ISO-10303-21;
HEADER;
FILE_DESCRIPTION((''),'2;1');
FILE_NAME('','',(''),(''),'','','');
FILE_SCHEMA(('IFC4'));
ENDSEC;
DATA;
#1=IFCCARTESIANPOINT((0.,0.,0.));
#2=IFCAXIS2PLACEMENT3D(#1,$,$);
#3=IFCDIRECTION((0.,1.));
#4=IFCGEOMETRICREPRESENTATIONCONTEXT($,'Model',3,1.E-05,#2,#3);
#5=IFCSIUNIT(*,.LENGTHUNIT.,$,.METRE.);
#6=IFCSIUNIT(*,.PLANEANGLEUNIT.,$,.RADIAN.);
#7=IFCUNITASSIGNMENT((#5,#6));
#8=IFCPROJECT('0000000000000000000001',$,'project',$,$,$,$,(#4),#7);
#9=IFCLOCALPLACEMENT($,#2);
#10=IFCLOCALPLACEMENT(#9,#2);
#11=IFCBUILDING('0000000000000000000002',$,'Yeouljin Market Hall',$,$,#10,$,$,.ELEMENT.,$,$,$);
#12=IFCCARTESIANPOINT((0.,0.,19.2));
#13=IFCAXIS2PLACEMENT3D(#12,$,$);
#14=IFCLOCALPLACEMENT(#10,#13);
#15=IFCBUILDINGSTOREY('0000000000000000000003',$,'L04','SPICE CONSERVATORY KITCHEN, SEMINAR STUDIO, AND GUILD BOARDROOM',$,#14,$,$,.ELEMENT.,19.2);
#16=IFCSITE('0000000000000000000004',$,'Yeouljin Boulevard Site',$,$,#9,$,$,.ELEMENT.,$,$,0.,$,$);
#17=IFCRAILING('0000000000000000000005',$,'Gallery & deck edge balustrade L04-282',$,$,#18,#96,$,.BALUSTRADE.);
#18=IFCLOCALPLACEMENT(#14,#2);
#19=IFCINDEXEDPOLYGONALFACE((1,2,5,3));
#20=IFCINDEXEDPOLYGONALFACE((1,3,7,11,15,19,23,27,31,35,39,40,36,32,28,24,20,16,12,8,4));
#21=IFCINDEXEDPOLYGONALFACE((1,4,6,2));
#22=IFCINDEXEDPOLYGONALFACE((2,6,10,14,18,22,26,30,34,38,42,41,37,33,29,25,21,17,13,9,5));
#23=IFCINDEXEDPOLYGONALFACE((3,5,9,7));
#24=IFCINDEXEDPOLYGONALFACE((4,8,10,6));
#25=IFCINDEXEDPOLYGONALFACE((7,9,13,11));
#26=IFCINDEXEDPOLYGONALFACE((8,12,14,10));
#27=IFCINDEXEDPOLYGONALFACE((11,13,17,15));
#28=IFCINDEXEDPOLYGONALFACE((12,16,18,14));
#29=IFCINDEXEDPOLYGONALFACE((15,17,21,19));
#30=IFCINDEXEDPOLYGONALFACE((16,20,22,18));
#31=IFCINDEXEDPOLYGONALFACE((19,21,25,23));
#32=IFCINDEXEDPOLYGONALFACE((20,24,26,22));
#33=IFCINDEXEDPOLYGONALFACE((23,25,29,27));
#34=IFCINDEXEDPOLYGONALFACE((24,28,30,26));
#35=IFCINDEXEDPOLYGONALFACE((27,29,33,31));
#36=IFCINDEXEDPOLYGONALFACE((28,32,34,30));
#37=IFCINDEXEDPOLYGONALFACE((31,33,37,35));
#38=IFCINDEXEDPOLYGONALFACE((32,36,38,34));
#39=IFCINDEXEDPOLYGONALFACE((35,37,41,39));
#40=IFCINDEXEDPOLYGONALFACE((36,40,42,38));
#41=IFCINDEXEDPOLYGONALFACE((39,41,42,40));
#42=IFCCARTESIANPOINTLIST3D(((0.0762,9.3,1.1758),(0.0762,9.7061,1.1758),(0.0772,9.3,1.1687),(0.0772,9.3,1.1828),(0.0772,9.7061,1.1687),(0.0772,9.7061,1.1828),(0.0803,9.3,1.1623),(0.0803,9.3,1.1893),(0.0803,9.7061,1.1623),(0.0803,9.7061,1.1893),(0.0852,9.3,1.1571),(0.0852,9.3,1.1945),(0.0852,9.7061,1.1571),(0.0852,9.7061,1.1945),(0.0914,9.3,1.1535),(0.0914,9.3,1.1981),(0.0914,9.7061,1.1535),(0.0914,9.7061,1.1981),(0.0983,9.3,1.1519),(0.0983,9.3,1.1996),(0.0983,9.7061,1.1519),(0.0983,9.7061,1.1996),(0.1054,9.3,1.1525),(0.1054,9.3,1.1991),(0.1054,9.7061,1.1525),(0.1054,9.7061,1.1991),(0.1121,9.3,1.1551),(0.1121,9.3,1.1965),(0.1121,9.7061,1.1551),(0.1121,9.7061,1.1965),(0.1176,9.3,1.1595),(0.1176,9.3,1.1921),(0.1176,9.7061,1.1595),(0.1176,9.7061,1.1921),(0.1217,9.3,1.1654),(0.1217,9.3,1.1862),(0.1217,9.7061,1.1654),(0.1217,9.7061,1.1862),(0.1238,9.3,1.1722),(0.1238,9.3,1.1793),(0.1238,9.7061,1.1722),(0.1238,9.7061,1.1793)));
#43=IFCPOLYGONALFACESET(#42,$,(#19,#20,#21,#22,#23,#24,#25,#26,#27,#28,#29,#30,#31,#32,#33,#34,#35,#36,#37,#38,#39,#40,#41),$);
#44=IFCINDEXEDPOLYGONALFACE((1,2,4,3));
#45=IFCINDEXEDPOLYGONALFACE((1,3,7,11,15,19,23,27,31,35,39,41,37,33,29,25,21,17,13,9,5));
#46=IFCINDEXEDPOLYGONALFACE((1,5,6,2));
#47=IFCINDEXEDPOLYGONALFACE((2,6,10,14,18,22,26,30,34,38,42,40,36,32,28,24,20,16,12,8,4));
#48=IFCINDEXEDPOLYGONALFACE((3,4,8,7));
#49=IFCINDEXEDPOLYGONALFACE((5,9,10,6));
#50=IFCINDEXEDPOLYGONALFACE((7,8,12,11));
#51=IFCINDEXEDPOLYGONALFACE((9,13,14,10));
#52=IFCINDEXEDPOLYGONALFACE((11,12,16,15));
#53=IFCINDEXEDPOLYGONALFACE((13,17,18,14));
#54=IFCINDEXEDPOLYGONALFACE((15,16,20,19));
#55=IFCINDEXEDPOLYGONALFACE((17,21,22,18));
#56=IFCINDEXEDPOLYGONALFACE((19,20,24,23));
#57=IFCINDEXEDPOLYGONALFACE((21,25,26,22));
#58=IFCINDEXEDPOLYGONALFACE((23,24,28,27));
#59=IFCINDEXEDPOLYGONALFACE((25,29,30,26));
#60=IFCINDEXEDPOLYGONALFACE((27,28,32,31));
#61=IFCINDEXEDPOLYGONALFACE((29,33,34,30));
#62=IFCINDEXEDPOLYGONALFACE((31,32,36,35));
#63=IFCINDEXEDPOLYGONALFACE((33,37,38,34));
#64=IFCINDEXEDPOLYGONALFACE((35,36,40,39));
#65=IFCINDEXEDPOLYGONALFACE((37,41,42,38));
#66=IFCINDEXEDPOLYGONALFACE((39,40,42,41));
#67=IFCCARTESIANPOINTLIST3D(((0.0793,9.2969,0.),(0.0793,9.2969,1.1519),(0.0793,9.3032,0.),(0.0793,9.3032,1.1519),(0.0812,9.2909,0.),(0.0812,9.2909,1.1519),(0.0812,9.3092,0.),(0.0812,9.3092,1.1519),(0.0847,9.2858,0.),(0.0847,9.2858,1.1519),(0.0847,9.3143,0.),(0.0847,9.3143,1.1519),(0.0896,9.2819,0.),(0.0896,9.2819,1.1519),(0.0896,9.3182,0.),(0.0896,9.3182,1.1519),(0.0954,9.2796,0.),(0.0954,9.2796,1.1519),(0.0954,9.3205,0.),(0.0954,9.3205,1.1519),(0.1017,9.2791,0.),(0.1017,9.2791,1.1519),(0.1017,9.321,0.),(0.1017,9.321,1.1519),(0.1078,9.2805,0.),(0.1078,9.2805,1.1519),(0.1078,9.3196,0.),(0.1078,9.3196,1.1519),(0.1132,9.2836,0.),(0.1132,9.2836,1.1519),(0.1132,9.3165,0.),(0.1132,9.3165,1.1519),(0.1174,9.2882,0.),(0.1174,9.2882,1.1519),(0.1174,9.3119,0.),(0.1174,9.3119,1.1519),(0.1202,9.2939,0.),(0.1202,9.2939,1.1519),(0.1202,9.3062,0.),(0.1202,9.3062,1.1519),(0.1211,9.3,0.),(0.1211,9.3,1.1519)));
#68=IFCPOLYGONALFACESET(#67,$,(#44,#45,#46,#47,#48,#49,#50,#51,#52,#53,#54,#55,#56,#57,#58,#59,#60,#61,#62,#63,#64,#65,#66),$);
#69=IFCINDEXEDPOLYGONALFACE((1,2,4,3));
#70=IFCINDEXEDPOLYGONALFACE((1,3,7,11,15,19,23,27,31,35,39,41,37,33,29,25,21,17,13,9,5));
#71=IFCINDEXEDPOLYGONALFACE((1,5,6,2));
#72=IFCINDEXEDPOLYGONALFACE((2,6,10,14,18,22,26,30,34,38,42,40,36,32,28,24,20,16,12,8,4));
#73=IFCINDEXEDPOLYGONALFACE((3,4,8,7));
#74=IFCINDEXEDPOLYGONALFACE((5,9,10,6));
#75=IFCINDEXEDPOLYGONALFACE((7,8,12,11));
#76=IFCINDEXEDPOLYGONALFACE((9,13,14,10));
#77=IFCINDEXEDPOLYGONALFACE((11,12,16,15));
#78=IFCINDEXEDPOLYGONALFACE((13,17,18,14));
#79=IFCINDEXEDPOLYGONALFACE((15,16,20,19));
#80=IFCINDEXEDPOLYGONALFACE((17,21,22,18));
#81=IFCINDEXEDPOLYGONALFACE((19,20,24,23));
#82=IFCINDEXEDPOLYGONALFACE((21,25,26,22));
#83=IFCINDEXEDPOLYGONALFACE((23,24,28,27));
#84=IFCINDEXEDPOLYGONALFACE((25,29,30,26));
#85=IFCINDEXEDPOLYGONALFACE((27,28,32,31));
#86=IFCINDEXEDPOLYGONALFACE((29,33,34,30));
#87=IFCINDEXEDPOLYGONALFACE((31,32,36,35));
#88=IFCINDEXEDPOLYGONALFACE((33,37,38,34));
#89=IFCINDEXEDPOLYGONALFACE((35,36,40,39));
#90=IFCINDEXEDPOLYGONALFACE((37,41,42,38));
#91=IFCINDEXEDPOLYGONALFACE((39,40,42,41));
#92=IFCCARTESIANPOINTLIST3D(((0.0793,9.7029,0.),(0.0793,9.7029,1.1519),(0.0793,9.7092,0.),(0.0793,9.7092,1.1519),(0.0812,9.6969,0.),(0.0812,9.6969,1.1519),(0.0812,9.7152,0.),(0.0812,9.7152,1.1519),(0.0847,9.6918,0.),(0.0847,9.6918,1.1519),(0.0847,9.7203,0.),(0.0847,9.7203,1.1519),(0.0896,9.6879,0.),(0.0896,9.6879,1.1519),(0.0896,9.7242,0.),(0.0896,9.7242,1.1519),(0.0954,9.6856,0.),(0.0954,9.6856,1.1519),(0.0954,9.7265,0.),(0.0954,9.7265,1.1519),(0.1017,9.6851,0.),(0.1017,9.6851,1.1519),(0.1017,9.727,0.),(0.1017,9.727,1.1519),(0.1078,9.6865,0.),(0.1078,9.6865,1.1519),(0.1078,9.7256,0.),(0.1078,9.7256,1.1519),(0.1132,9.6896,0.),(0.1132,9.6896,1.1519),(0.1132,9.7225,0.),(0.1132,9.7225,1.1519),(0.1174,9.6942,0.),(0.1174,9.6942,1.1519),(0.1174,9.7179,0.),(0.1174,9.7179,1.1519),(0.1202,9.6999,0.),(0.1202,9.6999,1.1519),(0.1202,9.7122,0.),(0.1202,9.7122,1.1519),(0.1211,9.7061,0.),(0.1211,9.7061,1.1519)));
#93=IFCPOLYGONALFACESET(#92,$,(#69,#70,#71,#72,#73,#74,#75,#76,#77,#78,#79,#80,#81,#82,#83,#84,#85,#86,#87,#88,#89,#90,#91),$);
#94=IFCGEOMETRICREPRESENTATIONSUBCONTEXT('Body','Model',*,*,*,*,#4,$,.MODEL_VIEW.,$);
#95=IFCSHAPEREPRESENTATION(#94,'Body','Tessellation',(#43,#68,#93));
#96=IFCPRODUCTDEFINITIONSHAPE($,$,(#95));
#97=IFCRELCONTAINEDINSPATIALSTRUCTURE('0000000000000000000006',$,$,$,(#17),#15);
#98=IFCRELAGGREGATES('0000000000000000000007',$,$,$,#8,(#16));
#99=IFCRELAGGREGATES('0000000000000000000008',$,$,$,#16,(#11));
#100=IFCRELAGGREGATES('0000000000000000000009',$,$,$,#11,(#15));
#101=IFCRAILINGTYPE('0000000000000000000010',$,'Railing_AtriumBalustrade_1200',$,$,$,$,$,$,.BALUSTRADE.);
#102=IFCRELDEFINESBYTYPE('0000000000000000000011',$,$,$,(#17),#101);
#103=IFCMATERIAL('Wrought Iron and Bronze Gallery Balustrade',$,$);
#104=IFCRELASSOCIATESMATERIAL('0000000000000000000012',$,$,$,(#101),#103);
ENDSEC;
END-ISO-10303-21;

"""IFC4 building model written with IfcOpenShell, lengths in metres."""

from ifc_helpers import new_model, si_unit, direction, frame, origin, origin_2d, place, context, subcontext, project, spatial, circle, extrude, material, type_object, element, save


model = new_model("IFC4")

# Units and contexts
model_context = context("Model", 3, precision=1e-05, world=origin(), true_north=direction((0.0, 1.0)))
body_context = subcontext(model_context, "Body", "Model", "MODEL_VIEW")
ifc_project = project(units=[si_unit("LENGTHUNIT", "METRE"), si_unit("PLANEANGLEUNIT", "RADIAN")], contexts=[model_context])

# Site, building, storey
site_placement = place(None, origin())
site = spatial("IfcSite", under=ifc_project, at=site_placement, Name="Yeouljin Boulevard Site", CompositionType="ELEMENT", RefElevation=0.0)
building_placement = place(site_placement, origin())
building = spatial("IfcBuilding", under=site, at=building_placement, Name="Yeouljin Market Hall", CompositionType="ELEMENT")
storey_placement = place(building_placement, frame((0.0, 0.0, 19.2)))
storey = spatial("IfcBuildingStorey", under=building, at=storey_placement, Name="L04", Description="SPICE CONSERVATORY KITCHEN, SEMINAR STUDIO, AND GUILD BOARDROOM", CompositionType="ELEMENT", Elevation=19.2)

# Railing
ifc_material_1 = material(Name="Wrought Iron and Bronze Gallery Balustrade")
railing_type = type_object("IfcRailingType", Name="Railing_AtriumBalustrade_1200", PredefinedType="BALUSTRADE", material=ifc_material_1)
railing_placement = place(storey_placement, frame((0.1001, 9.3, 0.0)))
element("IfcRailing", 1, at=railing_placement, inside=storey, type_object=railing_type, Name="Gallery & deck edge balustrade L04-282", PredefinedType="BALUSTRADE", context=body_context, shape_type="SweptSolid", body=[
    extrude(circle(Radius=0.0239, at=origin_2d()), frame((0.0, 0.0, 1.1758), z_axis=(0.0, 1.0, 0.0), x_axis=(-1.0, 0.0, 0.0)), (0.0, 0.0, 1.0), 0.406),
    extrude(circle(Radius=0.021, at=origin_2d()), origin(), (0.0, 0.0, 1.0), 1.1519),
    extrude(circle(Radius=0.021, at=origin_2d()), frame((0.0, 0.406, 0.0)), (0.0, 0.0, 1.0), 1.1519),
])

save(model, "model.ifc")
